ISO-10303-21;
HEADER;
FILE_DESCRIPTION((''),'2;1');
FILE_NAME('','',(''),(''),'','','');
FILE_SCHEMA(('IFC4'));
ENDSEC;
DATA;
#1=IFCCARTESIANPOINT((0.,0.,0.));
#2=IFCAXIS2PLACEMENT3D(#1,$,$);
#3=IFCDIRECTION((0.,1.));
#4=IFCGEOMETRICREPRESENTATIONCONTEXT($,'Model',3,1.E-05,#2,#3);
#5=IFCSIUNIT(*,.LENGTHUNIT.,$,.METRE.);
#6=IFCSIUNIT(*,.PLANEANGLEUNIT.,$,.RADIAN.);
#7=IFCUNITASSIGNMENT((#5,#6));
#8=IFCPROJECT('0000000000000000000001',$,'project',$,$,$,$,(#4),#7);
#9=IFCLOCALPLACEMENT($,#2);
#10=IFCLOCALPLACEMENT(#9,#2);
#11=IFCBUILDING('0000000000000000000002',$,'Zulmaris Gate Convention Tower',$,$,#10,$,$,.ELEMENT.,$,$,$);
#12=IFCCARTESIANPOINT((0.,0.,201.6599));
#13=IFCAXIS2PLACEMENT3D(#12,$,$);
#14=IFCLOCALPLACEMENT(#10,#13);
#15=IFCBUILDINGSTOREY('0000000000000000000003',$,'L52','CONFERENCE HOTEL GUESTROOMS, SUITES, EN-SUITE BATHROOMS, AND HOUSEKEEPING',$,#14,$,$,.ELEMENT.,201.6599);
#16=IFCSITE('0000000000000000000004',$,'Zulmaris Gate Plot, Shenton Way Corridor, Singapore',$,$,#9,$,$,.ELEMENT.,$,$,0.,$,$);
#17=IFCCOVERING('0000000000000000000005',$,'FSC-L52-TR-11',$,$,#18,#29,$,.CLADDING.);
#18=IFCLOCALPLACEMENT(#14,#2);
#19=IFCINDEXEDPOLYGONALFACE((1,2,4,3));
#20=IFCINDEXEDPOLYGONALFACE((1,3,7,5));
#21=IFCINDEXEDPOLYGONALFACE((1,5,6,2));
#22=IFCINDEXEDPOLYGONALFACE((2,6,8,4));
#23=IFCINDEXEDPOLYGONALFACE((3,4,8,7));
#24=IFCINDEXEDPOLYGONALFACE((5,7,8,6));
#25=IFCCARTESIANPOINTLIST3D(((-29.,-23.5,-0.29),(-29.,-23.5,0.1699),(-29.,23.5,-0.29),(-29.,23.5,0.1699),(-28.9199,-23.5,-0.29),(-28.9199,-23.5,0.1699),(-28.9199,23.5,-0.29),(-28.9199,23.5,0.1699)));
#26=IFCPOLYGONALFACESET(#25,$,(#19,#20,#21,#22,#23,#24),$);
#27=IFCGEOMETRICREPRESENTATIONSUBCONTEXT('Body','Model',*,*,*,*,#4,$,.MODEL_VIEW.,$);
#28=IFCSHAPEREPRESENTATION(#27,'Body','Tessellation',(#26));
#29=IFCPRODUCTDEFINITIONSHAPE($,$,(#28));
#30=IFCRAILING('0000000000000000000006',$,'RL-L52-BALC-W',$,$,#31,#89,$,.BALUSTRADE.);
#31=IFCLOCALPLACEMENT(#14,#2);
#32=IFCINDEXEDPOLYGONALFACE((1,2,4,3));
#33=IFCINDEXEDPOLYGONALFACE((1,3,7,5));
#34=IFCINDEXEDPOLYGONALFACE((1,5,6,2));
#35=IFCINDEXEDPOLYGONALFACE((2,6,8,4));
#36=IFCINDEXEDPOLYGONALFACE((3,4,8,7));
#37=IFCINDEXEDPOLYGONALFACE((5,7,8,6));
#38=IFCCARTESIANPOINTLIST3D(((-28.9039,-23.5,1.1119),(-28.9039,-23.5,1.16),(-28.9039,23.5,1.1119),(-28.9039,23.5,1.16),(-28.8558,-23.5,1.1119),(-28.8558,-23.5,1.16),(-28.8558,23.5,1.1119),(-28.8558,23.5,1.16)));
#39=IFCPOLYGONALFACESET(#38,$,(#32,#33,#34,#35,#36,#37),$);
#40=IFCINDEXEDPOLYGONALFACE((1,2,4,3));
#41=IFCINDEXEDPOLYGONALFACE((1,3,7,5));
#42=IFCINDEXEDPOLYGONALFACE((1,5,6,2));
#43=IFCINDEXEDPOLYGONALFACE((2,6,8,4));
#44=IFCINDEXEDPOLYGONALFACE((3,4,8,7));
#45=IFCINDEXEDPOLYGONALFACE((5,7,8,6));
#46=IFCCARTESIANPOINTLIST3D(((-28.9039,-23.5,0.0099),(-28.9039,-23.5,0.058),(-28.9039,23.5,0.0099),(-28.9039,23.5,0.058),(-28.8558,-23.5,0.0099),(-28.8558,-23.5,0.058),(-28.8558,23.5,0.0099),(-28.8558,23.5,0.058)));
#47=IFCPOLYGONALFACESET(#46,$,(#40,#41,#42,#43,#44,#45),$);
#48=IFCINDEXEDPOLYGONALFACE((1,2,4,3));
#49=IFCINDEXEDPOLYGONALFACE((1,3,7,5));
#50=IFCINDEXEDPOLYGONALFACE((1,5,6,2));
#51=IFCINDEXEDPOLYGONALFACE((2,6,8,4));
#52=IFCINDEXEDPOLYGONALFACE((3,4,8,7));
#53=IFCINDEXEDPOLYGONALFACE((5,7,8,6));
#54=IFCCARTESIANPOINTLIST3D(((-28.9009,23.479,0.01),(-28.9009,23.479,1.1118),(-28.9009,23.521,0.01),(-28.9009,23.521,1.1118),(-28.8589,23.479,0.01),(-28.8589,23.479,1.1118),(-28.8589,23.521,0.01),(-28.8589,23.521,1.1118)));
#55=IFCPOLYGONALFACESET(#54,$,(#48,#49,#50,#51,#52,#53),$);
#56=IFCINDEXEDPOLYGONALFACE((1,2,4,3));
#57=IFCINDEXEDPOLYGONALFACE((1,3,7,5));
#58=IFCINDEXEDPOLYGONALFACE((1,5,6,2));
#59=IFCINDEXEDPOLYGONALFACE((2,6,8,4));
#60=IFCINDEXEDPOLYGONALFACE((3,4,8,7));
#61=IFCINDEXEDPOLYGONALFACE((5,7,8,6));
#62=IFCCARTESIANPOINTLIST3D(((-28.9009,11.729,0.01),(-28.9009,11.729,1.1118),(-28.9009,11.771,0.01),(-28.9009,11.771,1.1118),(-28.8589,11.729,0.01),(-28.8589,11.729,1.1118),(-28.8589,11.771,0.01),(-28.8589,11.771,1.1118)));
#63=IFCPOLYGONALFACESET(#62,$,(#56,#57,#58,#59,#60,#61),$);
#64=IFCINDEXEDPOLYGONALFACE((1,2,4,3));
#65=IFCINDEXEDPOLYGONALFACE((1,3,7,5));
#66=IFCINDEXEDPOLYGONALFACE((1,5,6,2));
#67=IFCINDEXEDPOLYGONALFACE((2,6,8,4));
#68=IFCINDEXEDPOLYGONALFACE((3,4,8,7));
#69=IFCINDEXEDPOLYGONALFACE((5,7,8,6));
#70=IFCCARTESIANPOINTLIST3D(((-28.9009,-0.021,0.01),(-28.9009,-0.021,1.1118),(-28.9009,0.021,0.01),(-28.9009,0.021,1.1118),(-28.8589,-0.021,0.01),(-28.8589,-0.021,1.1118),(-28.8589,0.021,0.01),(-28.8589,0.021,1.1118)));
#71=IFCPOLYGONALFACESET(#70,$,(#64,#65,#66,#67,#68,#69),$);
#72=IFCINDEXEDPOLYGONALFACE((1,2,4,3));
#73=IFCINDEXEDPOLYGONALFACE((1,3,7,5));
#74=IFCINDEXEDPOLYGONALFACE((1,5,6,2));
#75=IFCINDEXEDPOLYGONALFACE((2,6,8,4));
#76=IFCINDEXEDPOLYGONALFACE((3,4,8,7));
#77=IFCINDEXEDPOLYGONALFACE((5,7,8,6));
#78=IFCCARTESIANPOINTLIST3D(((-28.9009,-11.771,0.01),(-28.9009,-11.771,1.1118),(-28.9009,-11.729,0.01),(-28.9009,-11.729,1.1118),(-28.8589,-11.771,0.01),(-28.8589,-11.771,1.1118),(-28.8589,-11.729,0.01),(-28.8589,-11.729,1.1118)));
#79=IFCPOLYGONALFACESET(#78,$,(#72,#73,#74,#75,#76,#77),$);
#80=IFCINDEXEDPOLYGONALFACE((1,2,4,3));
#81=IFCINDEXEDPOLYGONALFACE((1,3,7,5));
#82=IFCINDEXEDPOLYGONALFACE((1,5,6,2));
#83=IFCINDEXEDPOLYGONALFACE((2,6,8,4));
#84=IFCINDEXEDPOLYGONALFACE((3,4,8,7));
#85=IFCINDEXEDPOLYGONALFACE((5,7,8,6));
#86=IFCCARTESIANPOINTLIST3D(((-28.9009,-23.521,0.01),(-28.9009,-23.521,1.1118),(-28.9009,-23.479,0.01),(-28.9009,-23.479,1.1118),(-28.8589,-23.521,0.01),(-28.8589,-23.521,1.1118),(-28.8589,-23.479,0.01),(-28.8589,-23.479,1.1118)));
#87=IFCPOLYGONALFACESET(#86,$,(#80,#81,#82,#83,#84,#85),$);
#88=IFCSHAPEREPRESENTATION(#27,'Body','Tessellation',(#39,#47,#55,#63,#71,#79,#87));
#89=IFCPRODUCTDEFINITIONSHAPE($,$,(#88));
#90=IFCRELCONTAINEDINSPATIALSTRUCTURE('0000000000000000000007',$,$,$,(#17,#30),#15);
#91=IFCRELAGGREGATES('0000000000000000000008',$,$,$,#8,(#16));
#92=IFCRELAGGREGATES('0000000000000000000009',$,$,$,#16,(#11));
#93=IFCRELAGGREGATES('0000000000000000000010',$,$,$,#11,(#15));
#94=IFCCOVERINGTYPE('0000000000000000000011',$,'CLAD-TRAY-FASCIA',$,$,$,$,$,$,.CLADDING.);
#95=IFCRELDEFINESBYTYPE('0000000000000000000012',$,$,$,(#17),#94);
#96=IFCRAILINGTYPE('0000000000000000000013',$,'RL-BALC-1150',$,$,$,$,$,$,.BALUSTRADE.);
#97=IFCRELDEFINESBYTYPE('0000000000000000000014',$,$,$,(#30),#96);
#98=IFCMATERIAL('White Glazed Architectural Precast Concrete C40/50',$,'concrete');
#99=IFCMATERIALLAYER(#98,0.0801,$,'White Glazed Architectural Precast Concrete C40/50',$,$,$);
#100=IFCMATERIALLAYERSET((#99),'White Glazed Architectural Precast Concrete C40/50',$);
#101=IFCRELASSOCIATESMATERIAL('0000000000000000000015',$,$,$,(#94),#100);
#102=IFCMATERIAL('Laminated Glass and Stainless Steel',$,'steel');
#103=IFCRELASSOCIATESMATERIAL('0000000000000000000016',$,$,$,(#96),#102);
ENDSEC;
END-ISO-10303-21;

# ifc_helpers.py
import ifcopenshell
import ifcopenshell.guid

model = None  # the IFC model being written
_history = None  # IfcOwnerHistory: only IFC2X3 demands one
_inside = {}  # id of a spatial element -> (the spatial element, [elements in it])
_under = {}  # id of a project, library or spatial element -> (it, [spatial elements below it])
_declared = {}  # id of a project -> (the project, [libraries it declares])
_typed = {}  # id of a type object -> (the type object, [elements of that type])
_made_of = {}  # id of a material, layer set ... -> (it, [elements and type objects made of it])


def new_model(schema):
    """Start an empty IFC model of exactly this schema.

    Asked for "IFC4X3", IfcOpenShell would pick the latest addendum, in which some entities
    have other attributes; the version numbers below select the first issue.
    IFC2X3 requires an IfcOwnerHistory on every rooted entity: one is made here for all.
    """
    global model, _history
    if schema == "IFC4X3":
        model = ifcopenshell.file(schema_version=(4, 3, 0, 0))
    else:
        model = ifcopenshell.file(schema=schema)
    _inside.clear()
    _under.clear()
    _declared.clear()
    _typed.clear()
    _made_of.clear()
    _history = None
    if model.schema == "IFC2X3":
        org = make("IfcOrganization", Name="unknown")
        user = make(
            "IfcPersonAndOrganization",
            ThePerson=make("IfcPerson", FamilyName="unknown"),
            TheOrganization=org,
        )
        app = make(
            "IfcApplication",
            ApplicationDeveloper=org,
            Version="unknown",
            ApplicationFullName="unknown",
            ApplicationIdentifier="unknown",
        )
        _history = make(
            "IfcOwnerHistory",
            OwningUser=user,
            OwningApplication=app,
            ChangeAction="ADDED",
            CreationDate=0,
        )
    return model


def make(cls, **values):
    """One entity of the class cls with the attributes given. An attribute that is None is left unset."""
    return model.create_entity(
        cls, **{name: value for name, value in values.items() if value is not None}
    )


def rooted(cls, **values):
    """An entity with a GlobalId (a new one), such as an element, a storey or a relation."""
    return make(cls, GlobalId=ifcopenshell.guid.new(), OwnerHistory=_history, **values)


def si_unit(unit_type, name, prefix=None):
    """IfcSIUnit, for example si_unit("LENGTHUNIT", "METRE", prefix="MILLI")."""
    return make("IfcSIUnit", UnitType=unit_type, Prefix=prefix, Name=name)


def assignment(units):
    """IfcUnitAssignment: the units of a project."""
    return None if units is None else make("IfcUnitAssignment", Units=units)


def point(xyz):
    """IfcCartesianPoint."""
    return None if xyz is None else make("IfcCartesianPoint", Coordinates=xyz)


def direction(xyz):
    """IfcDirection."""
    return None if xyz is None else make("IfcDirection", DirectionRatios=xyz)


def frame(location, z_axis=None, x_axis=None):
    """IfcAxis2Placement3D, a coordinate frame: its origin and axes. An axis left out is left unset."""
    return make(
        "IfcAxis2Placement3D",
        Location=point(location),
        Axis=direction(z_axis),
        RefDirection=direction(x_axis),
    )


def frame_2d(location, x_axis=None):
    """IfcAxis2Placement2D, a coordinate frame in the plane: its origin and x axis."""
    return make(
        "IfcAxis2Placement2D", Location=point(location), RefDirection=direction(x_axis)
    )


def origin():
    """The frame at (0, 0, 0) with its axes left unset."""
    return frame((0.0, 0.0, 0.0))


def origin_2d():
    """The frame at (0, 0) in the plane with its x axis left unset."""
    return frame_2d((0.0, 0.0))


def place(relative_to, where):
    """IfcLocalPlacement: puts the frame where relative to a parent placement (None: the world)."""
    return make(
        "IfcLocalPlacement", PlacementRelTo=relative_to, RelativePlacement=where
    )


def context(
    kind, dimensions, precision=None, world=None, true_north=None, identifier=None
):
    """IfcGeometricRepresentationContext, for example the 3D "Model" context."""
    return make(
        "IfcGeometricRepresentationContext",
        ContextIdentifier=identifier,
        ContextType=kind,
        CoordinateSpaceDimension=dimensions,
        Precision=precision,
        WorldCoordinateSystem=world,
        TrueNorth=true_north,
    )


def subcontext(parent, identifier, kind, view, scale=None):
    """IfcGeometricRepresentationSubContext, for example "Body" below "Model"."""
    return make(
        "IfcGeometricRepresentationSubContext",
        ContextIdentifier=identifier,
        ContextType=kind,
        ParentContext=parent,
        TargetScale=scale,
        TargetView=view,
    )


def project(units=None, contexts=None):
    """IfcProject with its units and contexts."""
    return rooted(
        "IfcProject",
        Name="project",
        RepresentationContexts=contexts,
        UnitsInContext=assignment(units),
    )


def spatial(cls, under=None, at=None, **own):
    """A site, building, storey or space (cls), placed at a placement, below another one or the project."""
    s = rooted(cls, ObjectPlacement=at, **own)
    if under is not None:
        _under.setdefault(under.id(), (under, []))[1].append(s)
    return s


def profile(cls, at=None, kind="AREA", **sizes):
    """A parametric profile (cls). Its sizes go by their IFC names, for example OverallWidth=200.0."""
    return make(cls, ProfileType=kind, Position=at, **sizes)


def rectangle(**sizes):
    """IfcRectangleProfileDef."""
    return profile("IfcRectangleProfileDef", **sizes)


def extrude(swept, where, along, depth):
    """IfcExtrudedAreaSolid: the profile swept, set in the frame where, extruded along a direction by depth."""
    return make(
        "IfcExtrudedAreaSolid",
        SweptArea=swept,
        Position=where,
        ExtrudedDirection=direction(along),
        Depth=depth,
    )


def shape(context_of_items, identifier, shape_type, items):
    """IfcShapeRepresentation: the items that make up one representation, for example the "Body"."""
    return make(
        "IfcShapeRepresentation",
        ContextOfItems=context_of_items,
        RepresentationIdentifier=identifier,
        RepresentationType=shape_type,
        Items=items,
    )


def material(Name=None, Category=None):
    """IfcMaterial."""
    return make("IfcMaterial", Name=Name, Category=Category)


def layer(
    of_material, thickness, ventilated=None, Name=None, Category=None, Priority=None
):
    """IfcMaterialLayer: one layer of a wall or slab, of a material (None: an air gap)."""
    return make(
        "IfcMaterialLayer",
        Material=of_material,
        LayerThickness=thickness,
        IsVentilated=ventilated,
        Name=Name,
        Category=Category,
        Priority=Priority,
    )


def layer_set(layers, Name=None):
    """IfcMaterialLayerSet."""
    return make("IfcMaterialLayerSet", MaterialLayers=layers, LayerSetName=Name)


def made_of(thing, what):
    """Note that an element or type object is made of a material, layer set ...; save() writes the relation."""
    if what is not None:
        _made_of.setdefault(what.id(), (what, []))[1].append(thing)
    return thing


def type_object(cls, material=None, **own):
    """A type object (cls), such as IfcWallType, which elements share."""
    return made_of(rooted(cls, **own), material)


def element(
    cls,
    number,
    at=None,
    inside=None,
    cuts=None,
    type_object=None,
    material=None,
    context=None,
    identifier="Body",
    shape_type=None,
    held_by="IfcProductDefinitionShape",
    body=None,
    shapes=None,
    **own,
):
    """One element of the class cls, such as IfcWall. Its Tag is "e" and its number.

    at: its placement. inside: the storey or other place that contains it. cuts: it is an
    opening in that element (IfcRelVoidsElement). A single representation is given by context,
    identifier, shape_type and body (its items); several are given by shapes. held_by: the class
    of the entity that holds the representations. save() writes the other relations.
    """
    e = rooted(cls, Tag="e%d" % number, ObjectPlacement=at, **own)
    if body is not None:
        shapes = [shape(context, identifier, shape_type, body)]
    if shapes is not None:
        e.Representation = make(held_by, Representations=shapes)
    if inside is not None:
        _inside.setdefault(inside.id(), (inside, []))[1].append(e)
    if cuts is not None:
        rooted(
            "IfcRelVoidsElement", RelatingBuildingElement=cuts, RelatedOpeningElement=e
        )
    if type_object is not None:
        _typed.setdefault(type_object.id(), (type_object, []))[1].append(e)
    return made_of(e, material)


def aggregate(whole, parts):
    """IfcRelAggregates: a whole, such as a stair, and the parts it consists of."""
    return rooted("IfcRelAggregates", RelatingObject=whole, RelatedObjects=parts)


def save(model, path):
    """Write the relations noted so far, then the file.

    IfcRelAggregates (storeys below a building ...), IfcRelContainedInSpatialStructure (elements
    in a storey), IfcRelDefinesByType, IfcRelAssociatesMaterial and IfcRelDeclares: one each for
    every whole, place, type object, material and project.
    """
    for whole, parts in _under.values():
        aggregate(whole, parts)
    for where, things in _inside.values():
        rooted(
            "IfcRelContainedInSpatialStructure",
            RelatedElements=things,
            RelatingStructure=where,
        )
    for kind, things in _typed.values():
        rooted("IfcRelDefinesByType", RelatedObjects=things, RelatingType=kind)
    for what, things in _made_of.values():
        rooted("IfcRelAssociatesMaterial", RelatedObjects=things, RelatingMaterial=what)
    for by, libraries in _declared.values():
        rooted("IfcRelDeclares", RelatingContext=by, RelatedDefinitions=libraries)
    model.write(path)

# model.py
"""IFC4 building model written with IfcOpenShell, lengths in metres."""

from ifc_helpers import new_model, si_unit, direction, frame, frame_2d, origin, origin_2d, place, context, subcontext, project, spatial, rectangle, extrude, material, layer, layer_set, type_object, element, save


model = new_model("IFC4")

# Units and contexts
model_context = context("Model", 3, precision=1e-05, world=origin(), true_north=direction((0.0, 1.0)))
body_context = subcontext(model_context, "Body", "Model", "MODEL_VIEW")
ifc_project = project(units=[si_unit("LENGTHUNIT", "METRE"), si_unit("PLANEANGLEUNIT", "RADIAN")], contexts=[model_context])

# Site, building, storey
site_placement = place(None, origin())
site = spatial("IfcSite", under=ifc_project, at=site_placement, Name="Zulmaris Gate Plot, Shenton Way Corridor, Singapore", CompositionType="ELEMENT", RefElevation=0.0)
building_placement = place(site_placement, origin())
building = spatial("IfcBuilding", under=site, at=building_placement, Name="Zulmaris Gate Convention Tower", CompositionType="ELEMENT")
storey_placement = place(building_placement, frame((0.0, 0.0, 201.6599)))
storey = spatial("IfcBuildingStorey", under=building, at=storey_placement, Name="L52", Description="CONFERENCE HOTEL GUESTROOMS, SUITES, EN-SUITE BATHROOMS, AND HOUSEKEEPING", CompositionType="ELEMENT", Elevation=201.6599)

# Covering
ifc_material_1 = material(Name="White Glazed Architectural Precast Concrete C40/50", Category="concrete")
ifc_layer_1 = layer(ifc_material_1, 0.0801, Name="White Glazed Architectural Precast Concrete C40/50")
ifc_layer_set_1 = layer_set([ifc_layer_1], Name="White Glazed Architectural Precast Concrete C40/50")
covering_type = type_object("IfcCoveringType", Name="CLAD-TRAY-FASCIA", PredefinedType="CLADDING", material=ifc_layer_set_1)
covering_1_placement = place(storey_placement, frame((-28.96, 23.5, -0.29), z_axis=(0.0, 0.0, 1.0), x_axis=(0.0, -1.0, 0.0)))
element("IfcCovering", 1, at=covering_1_placement, inside=storey, type_object=covering_type, Name="FSC-L52-TR-11", PredefinedType="CLADDING", context=body_context, shape_type="SweptSolid", body=[
    extrude(rectangle(XDim=47.0, YDim=0.0801, at=frame_2d((23.5, 0.0))), origin(), (0.0, 0.0, 1.0), 0.46),
])

# Railing
ifc_material_2 = material(Name="Laminated Glass and Stainless Steel", Category="steel")
railing_type = type_object("IfcRailingType", Name="RL-BALC-1150", PredefinedType="BALUSTRADE", material=ifc_material_2)
railing_placement = place(storey_placement, frame((-28.8799, 23.5, 0.01)))
element("IfcRailing", 2, at=railing_placement, inside=storey, type_object=railing_type, Name="RL-L52-BALC-W", PredefinedType="BALUSTRADE", context=body_context, shape_type="SweptSolid", body=[
    extrude(rectangle(XDim=0.0481, YDim=0.0481, at=origin_2d()), frame((0.0, 0.0, 1.126), z_axis=(0.0, -1.0, 0.0), x_axis=(1.0, 0.0, 0.0)), (0.0, 0.0, 1.0), 47.0),
    extrude(rectangle(XDim=0.0481, YDim=0.0481, at=origin_2d()), frame((0.0, 0.0, 0.0239), z_axis=(0.0, -1.0, 0.0), x_axis=(1.0, 0.0, 0.0)), (0.0, 0.0, 1.0), 47.0),
    extrude(rectangle(XDim=0.042, YDim=0.042, at=origin_2d()), origin(), (0.0, 0.0, 1.0), 1.1018),
    extrude(rectangle(XDim=0.042, YDim=0.042, at=origin_2d()), frame((0.0, -11.75, 0.0)), (0.0, 0.0, 1.0), 1.1018),
    extrude(rectangle(XDim=0.042, YDim=0.042, at=origin_2d()), frame((0.0, -23.5, 0.0)), (0.0, 0.0, 1.0), 1.1018),
    extrude(rectangle(XDim=0.042, YDim=0.042, at=origin_2d()), frame((0.0, -35.25, 0.0)), (0.0, 0.0, 1.0), 1.1018),
    extrude(rectangle(XDim=0.042, YDim=0.042, at=origin_2d()), frame((0.0, -47.0, 0.0)), (0.0, 0.0, 1.0), 1.1018),
])

save(model, "model.ifc")
